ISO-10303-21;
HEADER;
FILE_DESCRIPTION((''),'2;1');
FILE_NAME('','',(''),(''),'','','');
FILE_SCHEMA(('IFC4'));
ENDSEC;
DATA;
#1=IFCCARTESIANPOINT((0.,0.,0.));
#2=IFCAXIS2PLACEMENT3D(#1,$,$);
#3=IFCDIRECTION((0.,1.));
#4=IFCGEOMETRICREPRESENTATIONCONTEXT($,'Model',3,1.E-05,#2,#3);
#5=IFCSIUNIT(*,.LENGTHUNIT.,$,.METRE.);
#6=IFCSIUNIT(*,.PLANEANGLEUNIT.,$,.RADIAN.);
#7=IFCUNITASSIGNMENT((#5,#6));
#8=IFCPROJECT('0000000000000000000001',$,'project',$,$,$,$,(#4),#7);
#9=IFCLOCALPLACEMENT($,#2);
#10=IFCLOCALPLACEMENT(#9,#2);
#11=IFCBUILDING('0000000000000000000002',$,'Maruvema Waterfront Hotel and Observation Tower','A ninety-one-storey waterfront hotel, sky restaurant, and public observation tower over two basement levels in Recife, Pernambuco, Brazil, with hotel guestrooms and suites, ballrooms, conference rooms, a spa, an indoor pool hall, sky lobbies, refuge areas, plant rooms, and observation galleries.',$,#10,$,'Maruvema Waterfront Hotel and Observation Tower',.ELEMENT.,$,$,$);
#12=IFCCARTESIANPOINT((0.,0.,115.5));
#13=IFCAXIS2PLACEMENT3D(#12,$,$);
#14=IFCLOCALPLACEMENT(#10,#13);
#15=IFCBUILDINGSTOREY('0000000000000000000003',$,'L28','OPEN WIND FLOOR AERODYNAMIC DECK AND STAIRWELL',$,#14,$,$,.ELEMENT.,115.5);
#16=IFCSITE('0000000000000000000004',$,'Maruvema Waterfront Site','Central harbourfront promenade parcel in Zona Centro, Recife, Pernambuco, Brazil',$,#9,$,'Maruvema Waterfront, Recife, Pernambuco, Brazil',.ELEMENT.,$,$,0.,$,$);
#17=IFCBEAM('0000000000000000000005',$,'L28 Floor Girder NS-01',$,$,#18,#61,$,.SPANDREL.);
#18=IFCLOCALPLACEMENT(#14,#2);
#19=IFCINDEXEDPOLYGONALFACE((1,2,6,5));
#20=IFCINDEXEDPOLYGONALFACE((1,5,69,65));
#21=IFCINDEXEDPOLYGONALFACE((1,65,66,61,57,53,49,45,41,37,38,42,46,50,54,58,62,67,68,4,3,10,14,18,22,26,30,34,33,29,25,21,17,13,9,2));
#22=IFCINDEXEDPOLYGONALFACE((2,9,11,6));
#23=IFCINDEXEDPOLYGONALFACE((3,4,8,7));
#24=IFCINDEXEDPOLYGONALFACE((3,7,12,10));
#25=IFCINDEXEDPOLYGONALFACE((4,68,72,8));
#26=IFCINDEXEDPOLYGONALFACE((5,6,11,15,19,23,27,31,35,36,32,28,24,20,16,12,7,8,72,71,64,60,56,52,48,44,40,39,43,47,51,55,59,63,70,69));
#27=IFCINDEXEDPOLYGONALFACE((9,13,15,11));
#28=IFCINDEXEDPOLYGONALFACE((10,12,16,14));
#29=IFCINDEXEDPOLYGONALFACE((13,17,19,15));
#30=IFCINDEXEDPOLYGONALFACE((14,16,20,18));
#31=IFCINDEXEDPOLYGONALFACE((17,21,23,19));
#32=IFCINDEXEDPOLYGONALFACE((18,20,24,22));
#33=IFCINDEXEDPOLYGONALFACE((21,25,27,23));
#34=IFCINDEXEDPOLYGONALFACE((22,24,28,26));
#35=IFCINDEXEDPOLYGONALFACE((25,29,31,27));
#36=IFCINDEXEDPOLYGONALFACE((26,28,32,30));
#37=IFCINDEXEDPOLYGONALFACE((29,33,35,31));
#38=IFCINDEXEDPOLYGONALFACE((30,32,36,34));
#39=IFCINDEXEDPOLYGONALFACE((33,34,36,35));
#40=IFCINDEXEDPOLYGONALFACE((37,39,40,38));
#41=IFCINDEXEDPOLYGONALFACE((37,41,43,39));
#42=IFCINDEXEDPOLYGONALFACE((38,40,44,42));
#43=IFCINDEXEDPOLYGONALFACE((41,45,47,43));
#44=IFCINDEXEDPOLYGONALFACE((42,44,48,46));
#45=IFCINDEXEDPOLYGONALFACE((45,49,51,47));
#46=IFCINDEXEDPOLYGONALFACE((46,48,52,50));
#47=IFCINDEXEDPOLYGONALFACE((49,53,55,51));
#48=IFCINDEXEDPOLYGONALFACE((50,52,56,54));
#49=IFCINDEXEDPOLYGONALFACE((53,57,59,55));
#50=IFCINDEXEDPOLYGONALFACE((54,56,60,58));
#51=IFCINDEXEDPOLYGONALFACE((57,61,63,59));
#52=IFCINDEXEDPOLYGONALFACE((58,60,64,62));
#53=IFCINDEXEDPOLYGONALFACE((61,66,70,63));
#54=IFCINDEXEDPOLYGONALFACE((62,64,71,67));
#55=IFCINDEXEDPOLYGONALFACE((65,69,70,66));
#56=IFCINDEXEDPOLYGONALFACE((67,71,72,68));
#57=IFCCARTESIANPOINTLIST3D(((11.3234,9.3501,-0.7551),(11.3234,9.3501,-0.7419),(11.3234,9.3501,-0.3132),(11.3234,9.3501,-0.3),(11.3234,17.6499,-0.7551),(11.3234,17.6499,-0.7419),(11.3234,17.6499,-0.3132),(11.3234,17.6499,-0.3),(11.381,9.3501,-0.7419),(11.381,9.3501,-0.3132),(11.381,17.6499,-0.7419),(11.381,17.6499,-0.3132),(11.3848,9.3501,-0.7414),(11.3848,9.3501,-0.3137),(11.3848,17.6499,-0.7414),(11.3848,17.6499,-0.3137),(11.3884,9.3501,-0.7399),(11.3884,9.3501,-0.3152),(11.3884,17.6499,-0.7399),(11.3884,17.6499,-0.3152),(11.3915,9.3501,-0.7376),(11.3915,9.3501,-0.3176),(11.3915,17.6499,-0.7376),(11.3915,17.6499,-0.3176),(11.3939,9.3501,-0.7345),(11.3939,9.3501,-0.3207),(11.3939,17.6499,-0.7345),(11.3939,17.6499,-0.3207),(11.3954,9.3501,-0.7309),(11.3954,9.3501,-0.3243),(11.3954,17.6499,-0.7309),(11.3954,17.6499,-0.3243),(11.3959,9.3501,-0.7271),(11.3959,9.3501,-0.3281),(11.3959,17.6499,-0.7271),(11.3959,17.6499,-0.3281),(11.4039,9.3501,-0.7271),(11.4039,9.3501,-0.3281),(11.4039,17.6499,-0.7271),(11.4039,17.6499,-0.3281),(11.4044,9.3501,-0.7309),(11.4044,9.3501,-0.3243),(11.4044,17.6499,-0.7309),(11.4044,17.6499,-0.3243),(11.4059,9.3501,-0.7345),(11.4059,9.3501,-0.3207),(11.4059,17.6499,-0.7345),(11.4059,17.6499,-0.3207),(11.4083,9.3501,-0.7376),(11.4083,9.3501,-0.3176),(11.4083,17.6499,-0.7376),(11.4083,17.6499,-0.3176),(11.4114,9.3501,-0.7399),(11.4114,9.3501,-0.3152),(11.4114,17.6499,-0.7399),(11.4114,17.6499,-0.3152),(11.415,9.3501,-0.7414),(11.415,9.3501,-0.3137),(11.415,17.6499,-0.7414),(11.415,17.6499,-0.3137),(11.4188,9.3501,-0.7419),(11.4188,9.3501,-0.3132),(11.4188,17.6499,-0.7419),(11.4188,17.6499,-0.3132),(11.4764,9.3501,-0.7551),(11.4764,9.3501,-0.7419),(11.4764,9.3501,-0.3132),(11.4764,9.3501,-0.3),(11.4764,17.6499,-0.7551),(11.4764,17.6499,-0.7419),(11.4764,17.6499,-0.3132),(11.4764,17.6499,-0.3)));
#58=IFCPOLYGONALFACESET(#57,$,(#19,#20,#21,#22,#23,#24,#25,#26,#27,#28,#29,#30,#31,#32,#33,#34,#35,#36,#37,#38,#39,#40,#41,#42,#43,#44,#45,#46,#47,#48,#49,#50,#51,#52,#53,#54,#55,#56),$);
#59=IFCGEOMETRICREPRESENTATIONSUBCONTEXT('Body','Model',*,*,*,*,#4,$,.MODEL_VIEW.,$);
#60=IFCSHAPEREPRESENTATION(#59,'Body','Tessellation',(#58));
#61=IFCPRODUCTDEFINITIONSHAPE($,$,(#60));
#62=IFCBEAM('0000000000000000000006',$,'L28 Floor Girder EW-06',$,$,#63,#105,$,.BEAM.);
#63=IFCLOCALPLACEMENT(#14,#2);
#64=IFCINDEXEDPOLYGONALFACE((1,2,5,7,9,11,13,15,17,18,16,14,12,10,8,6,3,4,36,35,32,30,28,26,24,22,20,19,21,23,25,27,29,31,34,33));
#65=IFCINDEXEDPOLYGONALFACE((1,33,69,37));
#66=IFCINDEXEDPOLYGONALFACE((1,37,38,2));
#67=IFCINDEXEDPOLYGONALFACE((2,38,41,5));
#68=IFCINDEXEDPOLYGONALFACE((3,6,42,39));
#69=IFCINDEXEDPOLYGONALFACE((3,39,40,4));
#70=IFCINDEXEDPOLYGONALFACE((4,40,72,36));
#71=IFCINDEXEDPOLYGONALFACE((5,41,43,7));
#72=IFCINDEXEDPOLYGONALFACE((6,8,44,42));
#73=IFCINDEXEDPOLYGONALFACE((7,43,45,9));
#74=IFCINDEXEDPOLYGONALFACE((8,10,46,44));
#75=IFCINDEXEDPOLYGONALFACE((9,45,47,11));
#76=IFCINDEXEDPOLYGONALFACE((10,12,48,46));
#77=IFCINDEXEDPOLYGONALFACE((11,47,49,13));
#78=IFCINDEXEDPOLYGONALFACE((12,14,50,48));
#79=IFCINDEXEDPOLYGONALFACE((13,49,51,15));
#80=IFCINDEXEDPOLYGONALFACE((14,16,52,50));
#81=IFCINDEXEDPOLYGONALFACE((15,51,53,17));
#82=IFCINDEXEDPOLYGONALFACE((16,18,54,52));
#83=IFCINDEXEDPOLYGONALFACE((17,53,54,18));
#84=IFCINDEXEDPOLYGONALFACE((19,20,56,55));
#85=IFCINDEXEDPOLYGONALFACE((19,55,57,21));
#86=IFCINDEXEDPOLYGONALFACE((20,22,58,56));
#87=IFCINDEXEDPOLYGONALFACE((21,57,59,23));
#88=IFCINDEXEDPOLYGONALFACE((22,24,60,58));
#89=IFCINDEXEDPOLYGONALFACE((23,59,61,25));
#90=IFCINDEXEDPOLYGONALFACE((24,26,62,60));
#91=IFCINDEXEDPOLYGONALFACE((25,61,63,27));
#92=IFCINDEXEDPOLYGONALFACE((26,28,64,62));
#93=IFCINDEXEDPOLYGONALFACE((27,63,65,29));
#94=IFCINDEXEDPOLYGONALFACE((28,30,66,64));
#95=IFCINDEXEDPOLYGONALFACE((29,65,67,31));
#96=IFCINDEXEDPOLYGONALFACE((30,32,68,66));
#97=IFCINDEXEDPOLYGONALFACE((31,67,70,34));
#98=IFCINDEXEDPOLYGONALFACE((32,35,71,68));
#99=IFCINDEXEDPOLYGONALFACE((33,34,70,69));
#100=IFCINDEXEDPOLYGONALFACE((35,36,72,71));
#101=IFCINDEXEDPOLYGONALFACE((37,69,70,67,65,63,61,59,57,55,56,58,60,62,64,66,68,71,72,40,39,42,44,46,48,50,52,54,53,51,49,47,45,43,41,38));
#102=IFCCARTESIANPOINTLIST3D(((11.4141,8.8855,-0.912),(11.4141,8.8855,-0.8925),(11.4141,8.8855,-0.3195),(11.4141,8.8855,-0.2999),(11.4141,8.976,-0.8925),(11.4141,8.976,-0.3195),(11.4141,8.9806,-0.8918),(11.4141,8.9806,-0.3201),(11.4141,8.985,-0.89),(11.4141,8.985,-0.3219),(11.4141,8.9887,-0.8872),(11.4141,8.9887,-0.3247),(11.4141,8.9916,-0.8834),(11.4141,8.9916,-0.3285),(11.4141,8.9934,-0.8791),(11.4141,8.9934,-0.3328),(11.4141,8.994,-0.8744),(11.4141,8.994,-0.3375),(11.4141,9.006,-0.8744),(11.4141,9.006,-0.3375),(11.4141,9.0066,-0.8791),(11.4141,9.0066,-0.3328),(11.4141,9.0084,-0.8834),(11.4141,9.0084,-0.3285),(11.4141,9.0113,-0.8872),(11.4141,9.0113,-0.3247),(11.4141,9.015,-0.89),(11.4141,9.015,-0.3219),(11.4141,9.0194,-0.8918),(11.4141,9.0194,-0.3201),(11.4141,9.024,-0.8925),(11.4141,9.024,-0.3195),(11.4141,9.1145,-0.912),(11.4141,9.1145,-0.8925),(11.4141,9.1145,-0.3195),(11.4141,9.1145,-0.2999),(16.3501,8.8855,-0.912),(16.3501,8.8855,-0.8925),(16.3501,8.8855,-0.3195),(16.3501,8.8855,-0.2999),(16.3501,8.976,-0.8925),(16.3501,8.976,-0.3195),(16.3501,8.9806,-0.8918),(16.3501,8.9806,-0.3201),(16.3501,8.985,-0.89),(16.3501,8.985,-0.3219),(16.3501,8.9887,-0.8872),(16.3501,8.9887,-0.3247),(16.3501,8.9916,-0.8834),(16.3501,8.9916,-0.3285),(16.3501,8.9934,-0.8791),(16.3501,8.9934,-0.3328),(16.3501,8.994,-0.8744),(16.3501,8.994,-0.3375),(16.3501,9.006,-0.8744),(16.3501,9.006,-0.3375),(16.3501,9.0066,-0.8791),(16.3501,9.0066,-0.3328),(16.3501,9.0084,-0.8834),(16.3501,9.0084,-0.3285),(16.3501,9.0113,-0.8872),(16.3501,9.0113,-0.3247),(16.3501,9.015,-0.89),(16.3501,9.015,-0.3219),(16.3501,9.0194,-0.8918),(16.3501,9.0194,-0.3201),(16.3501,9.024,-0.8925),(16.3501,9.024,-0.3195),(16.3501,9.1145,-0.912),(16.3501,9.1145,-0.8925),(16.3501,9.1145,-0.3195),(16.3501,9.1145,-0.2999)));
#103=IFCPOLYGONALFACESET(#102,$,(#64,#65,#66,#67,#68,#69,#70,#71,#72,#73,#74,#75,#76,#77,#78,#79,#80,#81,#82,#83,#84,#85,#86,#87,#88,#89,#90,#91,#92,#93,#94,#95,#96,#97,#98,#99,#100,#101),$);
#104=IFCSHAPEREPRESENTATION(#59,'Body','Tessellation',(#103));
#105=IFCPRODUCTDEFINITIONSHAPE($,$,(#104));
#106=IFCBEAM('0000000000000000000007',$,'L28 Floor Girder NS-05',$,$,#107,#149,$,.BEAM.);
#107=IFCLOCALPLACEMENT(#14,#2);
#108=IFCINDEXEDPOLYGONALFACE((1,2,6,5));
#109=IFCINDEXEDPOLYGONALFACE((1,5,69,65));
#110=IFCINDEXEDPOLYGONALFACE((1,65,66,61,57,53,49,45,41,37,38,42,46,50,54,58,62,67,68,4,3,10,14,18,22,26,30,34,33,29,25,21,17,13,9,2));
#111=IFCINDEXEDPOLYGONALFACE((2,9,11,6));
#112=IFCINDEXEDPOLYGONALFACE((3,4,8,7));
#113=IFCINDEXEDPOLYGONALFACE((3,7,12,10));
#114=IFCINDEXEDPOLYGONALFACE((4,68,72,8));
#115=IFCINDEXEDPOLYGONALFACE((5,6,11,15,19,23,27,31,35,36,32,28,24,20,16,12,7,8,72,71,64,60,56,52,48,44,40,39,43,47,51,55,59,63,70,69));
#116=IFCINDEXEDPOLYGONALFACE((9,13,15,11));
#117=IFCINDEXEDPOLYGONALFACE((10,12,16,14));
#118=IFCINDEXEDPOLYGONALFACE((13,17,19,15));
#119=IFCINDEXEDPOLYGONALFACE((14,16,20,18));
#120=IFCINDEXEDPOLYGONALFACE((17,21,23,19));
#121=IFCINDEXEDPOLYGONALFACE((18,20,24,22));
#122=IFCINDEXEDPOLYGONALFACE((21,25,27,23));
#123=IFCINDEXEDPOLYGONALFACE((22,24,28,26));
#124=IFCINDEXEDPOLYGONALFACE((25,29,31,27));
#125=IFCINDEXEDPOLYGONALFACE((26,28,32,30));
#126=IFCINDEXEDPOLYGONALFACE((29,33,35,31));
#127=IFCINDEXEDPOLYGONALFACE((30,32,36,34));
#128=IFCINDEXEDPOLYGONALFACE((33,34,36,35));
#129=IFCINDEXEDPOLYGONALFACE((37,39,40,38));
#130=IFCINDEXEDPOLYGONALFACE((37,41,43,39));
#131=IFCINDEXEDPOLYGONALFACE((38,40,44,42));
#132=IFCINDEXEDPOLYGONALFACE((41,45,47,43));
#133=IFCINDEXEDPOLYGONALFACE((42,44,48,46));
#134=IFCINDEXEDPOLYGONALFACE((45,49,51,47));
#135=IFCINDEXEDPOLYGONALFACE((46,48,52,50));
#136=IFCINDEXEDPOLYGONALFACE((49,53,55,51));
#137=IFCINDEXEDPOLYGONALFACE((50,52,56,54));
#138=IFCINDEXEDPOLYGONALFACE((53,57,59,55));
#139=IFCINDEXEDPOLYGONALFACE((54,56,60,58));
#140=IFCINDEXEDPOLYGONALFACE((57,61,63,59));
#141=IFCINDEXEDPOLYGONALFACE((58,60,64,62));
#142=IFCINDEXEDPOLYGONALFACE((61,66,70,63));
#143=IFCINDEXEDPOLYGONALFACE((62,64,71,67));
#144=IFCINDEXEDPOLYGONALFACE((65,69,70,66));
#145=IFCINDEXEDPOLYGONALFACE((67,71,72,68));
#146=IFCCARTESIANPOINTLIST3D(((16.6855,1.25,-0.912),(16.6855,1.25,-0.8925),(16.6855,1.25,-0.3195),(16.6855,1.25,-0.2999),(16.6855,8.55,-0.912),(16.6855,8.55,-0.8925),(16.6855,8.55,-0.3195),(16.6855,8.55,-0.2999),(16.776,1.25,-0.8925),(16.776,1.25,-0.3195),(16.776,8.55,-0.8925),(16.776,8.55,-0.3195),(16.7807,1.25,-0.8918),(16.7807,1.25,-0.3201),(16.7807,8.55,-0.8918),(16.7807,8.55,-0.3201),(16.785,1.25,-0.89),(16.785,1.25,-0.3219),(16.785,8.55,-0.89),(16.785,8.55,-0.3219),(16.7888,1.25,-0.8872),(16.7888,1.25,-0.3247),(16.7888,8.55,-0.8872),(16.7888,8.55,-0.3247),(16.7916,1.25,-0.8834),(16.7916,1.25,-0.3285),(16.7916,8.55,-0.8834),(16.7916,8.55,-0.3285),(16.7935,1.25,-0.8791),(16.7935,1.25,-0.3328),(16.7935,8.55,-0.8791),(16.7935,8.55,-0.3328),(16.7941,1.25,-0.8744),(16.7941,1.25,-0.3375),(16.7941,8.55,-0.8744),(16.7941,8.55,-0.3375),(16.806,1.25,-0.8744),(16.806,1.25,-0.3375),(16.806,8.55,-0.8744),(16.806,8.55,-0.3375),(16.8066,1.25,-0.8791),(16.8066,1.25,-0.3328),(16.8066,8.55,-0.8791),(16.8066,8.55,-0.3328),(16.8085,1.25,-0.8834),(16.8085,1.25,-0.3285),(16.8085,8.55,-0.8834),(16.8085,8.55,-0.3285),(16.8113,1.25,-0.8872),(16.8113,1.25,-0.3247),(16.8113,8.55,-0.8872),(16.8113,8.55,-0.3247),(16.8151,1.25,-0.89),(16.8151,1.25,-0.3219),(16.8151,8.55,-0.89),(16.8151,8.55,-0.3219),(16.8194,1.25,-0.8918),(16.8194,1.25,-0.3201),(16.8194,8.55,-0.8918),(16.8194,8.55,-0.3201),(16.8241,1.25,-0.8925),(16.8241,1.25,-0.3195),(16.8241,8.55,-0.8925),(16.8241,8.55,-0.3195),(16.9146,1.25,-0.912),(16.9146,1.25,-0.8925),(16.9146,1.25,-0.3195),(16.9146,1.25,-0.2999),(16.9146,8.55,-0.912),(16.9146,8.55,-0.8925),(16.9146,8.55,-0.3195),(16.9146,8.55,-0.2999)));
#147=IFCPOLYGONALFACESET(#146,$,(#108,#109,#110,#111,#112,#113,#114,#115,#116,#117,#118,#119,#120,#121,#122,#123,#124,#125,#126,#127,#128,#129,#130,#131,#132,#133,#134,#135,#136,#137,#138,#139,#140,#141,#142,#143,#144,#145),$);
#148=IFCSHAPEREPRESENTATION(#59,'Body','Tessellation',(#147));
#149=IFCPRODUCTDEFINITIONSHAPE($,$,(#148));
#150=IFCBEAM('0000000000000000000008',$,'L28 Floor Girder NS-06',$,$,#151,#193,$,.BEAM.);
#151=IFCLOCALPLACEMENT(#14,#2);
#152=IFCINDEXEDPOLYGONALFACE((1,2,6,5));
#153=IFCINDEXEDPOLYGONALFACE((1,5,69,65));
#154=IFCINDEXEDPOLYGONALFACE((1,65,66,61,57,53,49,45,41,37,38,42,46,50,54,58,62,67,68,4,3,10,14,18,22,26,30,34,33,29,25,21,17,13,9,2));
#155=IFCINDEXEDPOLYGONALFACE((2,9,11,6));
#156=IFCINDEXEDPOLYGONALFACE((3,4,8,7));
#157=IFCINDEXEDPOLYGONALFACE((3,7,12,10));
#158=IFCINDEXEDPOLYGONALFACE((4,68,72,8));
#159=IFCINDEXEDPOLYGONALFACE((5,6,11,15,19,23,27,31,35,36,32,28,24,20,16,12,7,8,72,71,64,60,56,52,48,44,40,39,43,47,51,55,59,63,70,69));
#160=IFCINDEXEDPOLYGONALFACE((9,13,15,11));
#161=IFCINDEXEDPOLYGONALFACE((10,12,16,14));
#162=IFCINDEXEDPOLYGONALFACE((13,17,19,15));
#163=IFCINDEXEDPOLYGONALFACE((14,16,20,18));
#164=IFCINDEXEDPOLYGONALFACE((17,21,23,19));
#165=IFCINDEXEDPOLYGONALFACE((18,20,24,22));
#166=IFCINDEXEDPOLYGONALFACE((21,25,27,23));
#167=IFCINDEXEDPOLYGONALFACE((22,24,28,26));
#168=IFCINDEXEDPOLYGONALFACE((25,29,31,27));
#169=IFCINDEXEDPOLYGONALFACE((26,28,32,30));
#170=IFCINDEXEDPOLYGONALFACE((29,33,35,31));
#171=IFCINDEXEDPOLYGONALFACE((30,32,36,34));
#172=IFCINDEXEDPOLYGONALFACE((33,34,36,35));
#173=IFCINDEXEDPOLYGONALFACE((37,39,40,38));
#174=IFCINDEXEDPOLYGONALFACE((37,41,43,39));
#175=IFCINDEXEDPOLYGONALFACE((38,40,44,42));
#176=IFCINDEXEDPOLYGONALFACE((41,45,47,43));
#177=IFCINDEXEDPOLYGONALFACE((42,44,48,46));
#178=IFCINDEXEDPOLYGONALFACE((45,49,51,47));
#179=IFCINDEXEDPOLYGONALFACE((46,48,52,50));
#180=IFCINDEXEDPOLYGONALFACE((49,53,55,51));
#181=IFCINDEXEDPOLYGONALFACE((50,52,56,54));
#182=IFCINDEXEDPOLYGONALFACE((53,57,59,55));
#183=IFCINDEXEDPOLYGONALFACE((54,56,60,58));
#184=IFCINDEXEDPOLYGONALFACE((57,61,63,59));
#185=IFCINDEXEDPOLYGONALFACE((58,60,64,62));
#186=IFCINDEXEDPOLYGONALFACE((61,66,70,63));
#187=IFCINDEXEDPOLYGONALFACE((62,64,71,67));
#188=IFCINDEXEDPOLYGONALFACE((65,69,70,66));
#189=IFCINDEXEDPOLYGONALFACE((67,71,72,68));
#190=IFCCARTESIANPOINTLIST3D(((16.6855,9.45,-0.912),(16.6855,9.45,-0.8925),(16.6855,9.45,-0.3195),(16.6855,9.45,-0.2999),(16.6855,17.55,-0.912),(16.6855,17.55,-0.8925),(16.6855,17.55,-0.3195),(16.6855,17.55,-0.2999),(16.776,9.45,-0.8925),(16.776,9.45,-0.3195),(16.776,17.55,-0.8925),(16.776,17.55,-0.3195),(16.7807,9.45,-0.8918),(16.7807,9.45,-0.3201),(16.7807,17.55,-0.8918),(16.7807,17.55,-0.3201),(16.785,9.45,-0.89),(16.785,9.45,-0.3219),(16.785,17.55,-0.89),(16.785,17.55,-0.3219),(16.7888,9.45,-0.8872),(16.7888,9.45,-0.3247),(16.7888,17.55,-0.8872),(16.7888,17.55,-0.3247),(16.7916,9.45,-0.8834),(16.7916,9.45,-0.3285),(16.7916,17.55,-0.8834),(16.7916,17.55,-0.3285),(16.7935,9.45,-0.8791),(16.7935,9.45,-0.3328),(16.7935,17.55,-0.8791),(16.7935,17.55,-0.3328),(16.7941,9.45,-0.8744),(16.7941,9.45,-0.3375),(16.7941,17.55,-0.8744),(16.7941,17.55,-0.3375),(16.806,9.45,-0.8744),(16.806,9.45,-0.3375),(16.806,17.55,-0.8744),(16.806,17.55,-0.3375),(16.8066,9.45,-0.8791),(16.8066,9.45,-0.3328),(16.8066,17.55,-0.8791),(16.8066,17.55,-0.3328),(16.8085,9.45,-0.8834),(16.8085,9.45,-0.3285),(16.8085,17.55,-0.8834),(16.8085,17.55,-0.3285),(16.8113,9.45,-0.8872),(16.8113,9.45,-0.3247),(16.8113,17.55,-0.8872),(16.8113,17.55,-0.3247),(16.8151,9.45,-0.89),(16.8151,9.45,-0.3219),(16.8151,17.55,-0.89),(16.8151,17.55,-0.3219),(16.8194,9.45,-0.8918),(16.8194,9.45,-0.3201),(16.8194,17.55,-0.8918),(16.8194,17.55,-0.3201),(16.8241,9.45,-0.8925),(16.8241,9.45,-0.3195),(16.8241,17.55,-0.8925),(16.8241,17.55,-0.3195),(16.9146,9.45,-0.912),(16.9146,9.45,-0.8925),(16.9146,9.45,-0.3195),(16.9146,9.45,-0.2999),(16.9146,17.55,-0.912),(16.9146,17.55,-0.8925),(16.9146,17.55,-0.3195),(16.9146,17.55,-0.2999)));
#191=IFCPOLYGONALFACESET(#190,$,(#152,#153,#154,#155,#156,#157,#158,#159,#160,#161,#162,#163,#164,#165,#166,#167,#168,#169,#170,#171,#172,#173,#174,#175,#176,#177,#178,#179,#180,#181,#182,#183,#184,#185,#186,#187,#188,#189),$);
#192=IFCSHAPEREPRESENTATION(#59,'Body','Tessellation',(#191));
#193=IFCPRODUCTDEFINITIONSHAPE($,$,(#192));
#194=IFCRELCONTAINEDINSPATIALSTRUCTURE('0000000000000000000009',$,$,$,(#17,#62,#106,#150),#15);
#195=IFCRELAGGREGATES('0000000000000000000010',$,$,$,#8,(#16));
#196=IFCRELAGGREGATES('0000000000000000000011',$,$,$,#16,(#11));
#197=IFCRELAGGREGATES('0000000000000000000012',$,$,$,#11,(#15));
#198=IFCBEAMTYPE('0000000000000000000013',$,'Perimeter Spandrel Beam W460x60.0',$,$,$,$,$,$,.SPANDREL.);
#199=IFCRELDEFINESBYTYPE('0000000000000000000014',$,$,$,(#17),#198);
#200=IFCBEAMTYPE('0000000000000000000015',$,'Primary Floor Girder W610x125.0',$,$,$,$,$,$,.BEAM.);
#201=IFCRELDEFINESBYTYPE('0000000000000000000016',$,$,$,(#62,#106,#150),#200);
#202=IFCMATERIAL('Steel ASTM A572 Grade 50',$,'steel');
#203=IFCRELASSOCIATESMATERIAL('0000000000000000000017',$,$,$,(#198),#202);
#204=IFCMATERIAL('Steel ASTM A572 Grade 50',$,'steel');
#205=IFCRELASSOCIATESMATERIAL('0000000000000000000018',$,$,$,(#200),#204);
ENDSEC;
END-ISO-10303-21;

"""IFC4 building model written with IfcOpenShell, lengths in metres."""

from ifc_helpers import new_model, si_unit, direction, frame, origin, origin_2d, place, context, subcontext, project, spatial, i_section, extrude, material, material_profile, profile_set, type_object, element, save


model = new_model("IFC4")

# Units and contexts
model_context = context("Model", 3, precision=1e-05, world=origin(), true_north=direction((0.0, 1.0)))
body_context = subcontext(model_context, "Body", "Model", "MODEL_VIEW")
ifc_project = project(units=[si_unit("LENGTHUNIT", "METRE"), si_unit("PLANEANGLEUNIT", "RADIAN")], contexts=[model_context])

# Site, building, storey
site_placement = place(None, origin())
site = spatial("IfcSite", under=ifc_project, at=site_placement, Name="Maruvema Waterfront Site", Description="Central harbourfront promenade parcel in Zona Centro, Recife, Pernambuco, Brazil", LongName="Maruvema Waterfront, Recife, Pernambuco, Brazil", CompositionType="ELEMENT", RefElevation=0.0)
building_placement = place(site_placement, origin())
building = spatial("IfcBuilding", under=site, at=building_placement, Name="Maruvema Waterfront Hotel and Observation Tower", Description="A ninety-one-storey waterfront hotel, sky restaurant, and public observation tower over two basement levels in Recife, Pernambuco, Brazil, with hotel guestrooms and suites, ballrooms, conference rooms, a spa, an indoor pool hall, sky lobbies, refuge areas, plant rooms, and observation galleries.", LongName="Maruvema Waterfront Hotel and Observation Tower", CompositionType="ELEMENT")
storey_placement = place(building_placement, frame((0.0, 0.0, 115.5)))
storey = spatial("IfcBuildingStorey", under=building, at=storey_placement, Name="L28", Description="OPEN WIND FLOOR AERODYNAMIC DECK AND STAIRWELL", CompositionType="ELEMENT", Elevation=115.5)

# Beams
ifc_material_1 = material(Name="Steel ASTM A572 Grade 50", Category="steel")
ifc_material_profile_1 = material_profile(ifc_material_1, i_section(OverallWidth=0.1531, OverallDepth=0.4551, WebThickness=0.0081, FlangeThickness=0.0132, FilletRadius=0.0149, at=origin_2d()), Name="W460x60.0")
ifc_profile_set_1 = profile_set([ifc_material_profile_1], Name="Steel ASTM A572 Grade 50")
beam_type_1 = type_object("IfcBeamType", Name="Perimeter Spandrel Beam W460x60.0", PredefinedType="SPANDREL", material=ifc_profile_set_1)
beam_1_placement = place(storey_placement, frame((11.3999, 9.3501, -0.5276), z_axis=(0.0, 1.0, 0.0), x_axis=(-1.0, 0.0, 0.0)))
element("IfcBeam", 1, at=beam_1_placement, inside=storey, type_object=beam_type_1, Name="L28 Floor Girder NS-01", PredefinedType="SPANDREL", context=body_context, shape_type="SweptSolid", body=[
    extrude(i_section(OverallWidth=0.1531, OverallDepth=0.4551, WebThickness=0.0081, FlangeThickness=0.0132, FilletRadius=0.0149, at=origin_2d()), origin(), (0.0, 0.0, 1.0), 8.2998),
])
ifc_material_2 = material(Name="Steel ASTM A572 Grade 50", Category="steel")
ifc_material_profile_2 = material_profile(ifc_material_2, i_section(OverallWidth=0.229, OverallDepth=0.6121, WebThickness=0.012, FlangeThickness=0.0195, FilletRadius=0.0181, at=origin_2d()), Name="W610x125.0")
ifc_profile_set_2 = profile_set([ifc_material_profile_2], Name="Steel ASTM A572 Grade 50")
beam_type_2 = type_object("IfcBeamType", Name="Primary Floor Girder W610x125.0", PredefinedType="BEAM", material=ifc_profile_set_2)
beam_2_placement = place(storey_placement, frame((11.4141, 9.0, -0.606), z_axis=(1.0, 0.0, 0.0), x_axis=(0.0, 1.0, 0.0)))
element("IfcBeam", 2, at=beam_2_placement, inside=storey, type_object=beam_type_2, Name="L28 Floor Girder EW-06", PredefinedType="BEAM", context=body_context, shape_type="SweptSolid", body=[
    extrude(i_section(OverallWidth=0.229, OverallDepth=0.6121, WebThickness=0.012, FlangeThickness=0.0195, FilletRadius=0.0181, at=origin_2d()), origin(), (0.0, 0.0, 1.0), 4.936),
])
beam_3_placement = place(storey_placement, frame((16.8, 1.25, -0.606), z_axis=(0.0, 1.0, 0.0), x_axis=(-1.0, 0.0, 0.0)))
element("IfcBeam", 3, at=beam_3_placement, inside=storey, type_object=beam_type_2, Name="L28 Floor Girder NS-05", PredefinedType="BEAM", context=body_context, shape_type="SweptSolid", body=[
    extrude(i_section(OverallWidth=0.229, OverallDepth=0.6121, WebThickness=0.012, FlangeThickness=0.0195, FilletRadius=0.0181, at=origin_2d()), origin(), (0.0, 0.0, 1.0), 7.3),
])
beam_4_placement = place(storey_placement, frame((16.8, 9.45, -0.606), z_axis=(0.0, 1.0, 0.0), x_axis=(-1.0, 0.0, 0.0)))
element("IfcBeam", 4, at=beam_4_placement, inside=storey, type_object=beam_type_2, Name="L28 Floor Girder NS-06", PredefinedType="BEAM", context=body_context, shape_type="SweptSolid", body=[
    extrude(i_section(OverallWidth=0.229, OverallDepth=0.6121, WebThickness=0.012, FlangeThickness=0.0195, FilletRadius=0.0181, at=origin_2d()), origin(), (0.0, 0.0, 1.0), 8.1001),
])

save(model, "model.ifc")
